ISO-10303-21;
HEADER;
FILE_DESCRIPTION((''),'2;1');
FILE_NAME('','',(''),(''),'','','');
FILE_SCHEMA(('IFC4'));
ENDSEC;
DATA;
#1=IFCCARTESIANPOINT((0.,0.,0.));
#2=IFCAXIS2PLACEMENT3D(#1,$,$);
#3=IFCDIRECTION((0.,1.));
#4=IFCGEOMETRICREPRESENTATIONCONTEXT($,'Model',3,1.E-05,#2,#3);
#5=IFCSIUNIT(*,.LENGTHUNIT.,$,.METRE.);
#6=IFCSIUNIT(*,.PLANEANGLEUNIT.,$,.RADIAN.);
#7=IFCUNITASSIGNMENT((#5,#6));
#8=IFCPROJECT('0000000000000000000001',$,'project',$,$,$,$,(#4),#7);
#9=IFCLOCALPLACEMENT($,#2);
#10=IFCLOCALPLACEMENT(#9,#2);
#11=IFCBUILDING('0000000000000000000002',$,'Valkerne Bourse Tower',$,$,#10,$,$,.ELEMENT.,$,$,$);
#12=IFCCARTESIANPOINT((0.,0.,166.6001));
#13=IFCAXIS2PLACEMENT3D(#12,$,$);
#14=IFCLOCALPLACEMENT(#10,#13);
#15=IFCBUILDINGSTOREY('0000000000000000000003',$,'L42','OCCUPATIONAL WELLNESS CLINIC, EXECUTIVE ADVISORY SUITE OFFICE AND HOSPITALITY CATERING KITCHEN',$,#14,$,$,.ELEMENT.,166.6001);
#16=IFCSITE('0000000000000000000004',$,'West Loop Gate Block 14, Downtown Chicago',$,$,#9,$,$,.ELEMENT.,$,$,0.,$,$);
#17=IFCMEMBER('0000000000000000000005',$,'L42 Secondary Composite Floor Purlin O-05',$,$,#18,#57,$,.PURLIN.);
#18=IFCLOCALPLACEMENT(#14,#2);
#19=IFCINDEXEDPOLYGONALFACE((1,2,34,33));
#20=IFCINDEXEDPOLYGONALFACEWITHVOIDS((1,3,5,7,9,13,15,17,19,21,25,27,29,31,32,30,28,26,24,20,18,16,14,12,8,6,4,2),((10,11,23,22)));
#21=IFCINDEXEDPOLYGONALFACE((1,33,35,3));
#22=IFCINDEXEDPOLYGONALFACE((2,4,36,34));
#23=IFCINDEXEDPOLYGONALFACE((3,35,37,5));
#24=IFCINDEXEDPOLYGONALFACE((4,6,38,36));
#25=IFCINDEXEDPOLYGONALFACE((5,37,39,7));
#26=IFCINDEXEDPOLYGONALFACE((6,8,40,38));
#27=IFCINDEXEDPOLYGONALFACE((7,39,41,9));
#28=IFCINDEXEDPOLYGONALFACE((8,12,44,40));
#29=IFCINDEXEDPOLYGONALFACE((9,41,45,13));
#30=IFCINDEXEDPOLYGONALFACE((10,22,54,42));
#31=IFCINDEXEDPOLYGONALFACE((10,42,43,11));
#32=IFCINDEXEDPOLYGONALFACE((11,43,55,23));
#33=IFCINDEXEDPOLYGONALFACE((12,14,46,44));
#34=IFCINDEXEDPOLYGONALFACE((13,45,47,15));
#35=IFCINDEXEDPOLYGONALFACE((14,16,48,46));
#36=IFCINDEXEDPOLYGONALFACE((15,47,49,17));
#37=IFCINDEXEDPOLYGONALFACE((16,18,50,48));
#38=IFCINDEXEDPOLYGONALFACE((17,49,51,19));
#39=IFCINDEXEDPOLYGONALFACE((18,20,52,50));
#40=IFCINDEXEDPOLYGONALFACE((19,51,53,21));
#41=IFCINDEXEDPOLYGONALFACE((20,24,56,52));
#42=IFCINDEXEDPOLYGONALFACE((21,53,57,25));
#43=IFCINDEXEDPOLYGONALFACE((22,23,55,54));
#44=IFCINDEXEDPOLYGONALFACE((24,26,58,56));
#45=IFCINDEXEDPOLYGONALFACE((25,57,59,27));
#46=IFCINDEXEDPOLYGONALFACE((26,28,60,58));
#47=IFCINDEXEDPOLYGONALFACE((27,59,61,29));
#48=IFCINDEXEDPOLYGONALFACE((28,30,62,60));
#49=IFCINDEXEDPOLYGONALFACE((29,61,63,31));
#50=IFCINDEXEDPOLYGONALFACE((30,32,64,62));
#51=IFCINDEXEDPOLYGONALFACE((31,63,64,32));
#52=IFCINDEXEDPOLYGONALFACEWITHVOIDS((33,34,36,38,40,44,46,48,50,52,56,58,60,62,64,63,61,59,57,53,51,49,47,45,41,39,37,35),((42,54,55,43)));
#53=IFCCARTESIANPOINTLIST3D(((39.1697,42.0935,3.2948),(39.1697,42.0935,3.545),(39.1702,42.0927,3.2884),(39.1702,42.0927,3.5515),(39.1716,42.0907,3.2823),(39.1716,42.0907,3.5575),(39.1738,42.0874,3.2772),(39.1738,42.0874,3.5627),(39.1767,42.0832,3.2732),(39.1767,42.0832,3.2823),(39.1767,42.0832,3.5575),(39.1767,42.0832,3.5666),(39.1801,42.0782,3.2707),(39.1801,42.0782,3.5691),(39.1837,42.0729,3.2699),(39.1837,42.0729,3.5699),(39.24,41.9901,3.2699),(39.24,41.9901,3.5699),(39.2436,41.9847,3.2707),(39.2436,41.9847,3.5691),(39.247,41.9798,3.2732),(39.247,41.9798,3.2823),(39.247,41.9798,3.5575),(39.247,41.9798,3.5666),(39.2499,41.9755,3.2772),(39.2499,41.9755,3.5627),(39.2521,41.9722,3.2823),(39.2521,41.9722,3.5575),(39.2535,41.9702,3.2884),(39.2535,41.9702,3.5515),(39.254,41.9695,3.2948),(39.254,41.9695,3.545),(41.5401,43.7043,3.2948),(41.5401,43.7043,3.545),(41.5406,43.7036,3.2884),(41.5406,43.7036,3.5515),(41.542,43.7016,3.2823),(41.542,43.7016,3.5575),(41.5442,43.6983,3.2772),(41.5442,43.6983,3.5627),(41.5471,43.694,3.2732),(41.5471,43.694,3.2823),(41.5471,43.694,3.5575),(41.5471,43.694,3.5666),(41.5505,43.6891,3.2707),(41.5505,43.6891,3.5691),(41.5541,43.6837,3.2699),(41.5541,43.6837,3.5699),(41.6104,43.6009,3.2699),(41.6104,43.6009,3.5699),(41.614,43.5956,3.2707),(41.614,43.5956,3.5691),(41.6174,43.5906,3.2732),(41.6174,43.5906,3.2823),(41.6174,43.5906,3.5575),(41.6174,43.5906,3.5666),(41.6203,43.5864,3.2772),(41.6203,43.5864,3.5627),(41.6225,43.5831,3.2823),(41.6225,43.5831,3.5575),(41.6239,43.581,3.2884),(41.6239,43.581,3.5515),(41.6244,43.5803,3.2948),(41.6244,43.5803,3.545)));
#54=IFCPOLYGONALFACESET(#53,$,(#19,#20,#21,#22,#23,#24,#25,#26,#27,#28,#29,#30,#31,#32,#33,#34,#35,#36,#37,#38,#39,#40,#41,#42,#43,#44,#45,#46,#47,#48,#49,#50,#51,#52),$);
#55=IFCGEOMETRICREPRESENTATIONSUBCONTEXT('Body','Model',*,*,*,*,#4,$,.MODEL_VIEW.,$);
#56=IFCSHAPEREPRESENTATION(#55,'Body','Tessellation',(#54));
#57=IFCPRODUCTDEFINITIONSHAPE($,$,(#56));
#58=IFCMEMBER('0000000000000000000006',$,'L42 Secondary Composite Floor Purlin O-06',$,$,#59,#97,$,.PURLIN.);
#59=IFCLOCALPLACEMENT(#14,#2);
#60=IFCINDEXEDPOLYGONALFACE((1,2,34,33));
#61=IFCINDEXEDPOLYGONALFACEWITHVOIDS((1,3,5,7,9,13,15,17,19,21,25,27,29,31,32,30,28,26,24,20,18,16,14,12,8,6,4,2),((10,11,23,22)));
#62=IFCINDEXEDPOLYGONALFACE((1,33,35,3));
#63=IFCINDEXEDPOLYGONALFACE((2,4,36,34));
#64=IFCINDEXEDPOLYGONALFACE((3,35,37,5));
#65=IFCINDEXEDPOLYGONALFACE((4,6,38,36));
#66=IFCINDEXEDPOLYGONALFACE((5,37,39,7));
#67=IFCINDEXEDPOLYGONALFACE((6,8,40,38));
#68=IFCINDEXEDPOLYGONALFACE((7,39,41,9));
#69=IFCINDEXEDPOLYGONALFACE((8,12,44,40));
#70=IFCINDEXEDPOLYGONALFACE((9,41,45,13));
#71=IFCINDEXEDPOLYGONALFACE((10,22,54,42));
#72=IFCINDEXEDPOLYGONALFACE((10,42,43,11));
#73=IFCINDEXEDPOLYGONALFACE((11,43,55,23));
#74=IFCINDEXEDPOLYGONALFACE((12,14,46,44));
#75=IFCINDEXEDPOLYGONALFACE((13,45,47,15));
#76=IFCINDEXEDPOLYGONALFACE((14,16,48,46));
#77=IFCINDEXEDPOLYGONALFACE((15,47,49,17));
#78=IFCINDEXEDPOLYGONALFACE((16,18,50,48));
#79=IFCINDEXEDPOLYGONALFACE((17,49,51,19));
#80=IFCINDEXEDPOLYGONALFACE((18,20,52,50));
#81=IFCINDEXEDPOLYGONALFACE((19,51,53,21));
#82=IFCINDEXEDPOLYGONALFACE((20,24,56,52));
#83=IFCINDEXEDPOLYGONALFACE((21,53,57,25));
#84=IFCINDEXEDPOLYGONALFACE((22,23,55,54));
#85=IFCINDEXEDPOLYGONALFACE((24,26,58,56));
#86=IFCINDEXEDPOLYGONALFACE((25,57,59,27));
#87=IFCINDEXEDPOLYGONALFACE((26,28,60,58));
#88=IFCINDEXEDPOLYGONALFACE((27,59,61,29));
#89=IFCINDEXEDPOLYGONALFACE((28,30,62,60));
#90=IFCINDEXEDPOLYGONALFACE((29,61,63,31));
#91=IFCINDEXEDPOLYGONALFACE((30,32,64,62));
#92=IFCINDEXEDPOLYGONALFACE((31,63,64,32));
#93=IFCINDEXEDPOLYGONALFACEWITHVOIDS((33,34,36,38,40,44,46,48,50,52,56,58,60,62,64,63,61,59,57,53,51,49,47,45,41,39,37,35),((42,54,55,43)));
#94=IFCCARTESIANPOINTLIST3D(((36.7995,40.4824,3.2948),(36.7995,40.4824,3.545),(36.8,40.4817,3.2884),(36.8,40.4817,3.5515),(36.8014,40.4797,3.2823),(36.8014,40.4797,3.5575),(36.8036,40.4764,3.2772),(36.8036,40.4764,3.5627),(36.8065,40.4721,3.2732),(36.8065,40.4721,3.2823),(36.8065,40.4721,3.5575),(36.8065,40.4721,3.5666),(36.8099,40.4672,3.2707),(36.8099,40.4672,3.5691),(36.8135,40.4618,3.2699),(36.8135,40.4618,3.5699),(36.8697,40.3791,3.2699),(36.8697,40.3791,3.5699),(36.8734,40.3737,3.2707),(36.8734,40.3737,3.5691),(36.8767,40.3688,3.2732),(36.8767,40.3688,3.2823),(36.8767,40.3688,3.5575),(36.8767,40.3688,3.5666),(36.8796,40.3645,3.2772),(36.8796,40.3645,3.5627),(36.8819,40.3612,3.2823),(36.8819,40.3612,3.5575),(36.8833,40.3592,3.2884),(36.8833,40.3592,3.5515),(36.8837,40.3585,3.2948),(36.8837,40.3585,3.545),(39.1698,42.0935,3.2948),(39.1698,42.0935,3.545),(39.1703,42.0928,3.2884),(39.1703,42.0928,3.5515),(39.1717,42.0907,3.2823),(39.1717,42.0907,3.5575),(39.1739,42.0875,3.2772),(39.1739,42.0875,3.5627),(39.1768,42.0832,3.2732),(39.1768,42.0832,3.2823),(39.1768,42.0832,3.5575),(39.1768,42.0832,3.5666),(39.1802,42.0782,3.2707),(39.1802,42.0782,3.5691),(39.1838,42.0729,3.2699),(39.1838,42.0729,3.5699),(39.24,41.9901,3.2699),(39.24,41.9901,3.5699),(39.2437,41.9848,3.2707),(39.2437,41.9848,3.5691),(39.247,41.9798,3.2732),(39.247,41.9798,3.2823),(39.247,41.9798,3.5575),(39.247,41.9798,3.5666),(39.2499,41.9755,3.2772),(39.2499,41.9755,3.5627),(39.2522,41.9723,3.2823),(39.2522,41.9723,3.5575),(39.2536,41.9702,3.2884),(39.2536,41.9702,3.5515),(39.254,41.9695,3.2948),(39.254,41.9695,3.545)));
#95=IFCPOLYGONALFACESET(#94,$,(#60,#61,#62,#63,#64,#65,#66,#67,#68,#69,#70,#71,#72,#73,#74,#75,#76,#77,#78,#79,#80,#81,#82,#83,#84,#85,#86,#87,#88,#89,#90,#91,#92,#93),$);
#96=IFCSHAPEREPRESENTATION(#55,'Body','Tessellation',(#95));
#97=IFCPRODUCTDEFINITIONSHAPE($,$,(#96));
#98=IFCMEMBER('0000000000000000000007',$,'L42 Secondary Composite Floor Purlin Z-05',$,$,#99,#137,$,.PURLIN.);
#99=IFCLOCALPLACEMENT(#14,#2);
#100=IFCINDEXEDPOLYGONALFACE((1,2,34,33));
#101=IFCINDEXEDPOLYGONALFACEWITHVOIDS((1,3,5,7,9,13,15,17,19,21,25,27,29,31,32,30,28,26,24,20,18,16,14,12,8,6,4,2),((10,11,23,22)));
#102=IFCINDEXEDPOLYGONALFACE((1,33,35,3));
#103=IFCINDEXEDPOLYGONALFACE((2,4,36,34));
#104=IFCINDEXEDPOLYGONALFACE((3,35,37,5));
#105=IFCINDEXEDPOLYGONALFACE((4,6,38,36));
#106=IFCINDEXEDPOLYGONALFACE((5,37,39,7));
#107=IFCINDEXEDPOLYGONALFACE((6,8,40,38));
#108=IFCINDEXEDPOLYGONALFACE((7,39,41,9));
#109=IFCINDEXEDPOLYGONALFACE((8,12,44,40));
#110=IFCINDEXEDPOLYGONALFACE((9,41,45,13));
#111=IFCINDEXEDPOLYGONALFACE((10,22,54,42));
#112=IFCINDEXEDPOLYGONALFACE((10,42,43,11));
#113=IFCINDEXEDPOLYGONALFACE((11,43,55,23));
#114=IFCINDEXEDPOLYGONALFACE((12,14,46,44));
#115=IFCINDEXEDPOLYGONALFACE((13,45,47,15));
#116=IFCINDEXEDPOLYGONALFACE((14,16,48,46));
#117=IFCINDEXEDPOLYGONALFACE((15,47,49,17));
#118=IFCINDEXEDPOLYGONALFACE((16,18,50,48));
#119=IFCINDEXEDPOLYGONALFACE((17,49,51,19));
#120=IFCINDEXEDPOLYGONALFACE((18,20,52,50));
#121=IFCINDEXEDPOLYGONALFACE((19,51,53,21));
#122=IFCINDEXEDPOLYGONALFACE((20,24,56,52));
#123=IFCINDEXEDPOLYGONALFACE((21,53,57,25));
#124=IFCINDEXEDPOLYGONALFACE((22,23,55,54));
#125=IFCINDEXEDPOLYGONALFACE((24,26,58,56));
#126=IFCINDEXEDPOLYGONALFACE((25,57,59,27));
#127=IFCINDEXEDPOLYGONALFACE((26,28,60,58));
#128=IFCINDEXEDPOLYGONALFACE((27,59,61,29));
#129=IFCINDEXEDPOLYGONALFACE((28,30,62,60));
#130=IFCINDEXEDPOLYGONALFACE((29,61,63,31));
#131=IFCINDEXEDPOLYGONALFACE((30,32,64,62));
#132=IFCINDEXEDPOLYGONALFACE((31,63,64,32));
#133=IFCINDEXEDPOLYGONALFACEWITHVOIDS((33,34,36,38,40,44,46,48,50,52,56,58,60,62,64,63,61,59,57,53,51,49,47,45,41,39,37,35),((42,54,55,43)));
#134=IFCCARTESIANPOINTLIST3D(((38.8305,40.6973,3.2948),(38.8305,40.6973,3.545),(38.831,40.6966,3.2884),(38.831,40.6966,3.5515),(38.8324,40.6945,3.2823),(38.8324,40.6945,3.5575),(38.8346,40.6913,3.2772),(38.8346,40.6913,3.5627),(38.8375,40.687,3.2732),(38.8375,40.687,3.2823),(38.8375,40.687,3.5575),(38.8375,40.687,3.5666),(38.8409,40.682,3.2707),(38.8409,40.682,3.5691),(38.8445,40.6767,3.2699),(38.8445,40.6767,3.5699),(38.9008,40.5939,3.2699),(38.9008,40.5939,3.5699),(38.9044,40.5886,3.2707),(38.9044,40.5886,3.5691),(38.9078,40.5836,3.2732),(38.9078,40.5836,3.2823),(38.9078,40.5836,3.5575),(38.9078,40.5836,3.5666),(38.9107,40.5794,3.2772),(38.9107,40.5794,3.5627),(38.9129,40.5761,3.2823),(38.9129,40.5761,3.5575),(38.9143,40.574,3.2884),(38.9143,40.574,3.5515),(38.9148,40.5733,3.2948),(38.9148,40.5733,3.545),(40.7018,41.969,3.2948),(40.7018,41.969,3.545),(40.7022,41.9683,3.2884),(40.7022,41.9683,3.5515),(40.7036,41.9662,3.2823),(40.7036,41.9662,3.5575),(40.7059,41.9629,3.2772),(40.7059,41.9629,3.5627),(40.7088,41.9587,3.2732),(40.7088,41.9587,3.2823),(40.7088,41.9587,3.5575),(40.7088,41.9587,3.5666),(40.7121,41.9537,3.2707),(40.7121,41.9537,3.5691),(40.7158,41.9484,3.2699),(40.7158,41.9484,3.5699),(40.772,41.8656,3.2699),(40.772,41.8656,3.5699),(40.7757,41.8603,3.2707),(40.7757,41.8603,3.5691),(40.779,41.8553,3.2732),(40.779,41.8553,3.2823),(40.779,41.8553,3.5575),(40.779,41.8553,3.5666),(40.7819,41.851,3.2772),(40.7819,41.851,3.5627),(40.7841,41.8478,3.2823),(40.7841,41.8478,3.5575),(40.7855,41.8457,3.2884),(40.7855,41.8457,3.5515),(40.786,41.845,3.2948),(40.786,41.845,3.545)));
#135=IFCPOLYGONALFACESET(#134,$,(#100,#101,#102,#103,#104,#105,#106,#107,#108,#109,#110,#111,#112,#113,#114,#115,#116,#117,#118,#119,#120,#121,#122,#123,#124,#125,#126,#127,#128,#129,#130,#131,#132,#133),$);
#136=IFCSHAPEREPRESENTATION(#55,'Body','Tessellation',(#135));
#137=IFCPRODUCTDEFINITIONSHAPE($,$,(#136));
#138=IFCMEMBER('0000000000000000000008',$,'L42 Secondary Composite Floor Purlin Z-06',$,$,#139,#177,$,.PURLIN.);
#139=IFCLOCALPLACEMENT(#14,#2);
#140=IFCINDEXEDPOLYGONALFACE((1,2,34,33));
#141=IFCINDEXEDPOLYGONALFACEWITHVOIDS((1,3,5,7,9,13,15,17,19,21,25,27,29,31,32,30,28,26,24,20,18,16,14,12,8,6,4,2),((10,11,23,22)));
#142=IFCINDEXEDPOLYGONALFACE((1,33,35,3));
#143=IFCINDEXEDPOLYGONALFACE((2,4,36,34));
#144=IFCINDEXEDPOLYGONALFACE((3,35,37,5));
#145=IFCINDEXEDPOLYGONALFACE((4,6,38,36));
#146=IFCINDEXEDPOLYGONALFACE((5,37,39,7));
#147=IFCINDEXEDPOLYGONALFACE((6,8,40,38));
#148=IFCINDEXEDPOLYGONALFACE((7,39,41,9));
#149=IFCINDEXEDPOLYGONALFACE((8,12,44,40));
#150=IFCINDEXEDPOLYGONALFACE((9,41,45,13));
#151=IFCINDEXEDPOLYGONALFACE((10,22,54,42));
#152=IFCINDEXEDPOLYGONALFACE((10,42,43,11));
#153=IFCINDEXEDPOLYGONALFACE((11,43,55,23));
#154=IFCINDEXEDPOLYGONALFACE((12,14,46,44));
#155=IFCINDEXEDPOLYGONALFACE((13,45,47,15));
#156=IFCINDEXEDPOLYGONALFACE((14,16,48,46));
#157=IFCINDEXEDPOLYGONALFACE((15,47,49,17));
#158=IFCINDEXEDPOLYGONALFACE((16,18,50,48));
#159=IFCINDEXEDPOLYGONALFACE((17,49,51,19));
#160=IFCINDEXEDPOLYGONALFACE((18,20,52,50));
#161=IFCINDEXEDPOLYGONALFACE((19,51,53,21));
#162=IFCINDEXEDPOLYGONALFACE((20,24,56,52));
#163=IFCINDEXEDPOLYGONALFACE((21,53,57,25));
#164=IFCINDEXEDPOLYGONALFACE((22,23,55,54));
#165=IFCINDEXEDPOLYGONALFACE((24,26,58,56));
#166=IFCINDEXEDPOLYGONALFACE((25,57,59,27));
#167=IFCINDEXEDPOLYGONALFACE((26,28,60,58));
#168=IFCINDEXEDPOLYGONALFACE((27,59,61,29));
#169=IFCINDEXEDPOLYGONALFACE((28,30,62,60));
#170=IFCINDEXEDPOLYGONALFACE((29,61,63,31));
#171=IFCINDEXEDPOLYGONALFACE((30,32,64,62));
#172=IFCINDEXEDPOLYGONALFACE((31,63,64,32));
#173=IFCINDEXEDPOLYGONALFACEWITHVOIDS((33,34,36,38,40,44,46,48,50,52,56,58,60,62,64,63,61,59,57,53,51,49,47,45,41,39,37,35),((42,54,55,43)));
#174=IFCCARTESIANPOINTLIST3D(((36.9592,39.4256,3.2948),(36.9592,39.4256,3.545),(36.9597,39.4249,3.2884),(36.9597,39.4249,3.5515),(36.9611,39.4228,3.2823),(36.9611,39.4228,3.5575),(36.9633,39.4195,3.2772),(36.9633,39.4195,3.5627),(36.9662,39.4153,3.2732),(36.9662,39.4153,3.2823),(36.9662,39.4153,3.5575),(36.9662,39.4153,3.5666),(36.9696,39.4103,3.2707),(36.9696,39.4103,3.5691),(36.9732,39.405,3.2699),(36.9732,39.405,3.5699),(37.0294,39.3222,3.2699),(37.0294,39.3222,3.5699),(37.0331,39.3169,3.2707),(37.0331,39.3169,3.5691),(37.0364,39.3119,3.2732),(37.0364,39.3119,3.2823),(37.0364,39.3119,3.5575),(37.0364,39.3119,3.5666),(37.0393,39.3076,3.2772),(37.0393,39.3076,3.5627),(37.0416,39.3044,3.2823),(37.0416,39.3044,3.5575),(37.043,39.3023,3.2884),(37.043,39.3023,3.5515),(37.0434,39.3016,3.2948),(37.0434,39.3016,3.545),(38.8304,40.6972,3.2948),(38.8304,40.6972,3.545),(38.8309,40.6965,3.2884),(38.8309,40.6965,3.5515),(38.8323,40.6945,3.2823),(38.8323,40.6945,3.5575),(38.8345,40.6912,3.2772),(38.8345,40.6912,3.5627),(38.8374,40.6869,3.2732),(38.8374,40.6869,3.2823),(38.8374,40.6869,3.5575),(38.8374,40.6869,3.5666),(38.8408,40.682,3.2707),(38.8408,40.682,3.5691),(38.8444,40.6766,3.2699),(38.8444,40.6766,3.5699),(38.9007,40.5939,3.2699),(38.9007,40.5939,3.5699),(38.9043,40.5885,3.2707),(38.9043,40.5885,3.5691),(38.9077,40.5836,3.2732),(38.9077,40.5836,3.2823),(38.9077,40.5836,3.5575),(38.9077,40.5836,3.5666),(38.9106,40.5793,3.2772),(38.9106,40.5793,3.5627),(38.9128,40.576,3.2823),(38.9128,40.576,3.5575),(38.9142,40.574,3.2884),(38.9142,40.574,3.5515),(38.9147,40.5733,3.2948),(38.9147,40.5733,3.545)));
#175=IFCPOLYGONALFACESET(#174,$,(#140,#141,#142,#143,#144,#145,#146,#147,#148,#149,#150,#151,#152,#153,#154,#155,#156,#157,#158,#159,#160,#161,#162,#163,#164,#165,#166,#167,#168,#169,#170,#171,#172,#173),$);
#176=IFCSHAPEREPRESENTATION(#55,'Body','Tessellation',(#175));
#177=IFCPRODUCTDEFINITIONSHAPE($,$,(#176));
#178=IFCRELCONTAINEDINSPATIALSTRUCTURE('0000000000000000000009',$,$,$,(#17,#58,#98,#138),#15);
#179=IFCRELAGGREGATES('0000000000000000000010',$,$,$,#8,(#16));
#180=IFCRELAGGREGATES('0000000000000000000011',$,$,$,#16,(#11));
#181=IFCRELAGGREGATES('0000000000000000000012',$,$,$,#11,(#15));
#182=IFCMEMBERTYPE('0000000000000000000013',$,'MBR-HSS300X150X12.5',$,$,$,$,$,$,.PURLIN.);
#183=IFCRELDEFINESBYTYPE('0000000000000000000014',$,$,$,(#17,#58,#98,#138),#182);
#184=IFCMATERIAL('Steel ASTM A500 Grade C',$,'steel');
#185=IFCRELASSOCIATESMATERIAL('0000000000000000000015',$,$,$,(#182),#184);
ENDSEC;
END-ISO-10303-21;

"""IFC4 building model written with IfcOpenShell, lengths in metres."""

from ifc_helpers import new_model, si_unit, direction, frame, origin, origin_2d, place, context, subcontext, project, spatial, hollow_rectangle, extrude, material, material_profile, profile_set, type_object, element, save


model = new_model("IFC4")

# Units and contexts
model_context = context("Model", 3, precision=1e-05, world=origin(), true_north=direction((0.0, 1.0)))
body_context = subcontext(model_context, "Body", "Model", "MODEL_VIEW")
ifc_project = project(units=[si_unit("LENGTHUNIT", "METRE"), si_unit("PLANEANGLEUNIT", "RADIAN")], contexts=[model_context])

# Site, building, storey
site_placement = place(None, origin())
site = spatial("IfcSite", under=ifc_project, at=site_placement, Name="West Loop Gate Block 14, Downtown Chicago", CompositionType="ELEMENT", RefElevation=0.0)
building_placement = place(site_placement, origin())
building = spatial("IfcBuilding", under=site, at=building_placement, Name="Valkerne Bourse Tower", CompositionType="ELEMENT")
storey_placement = place(building_placement, frame((0.0, 0.0, 166.6001)))
storey = spatial("IfcBuildingStorey", under=building, at=storey_placement, Name="L42", Description="OCCUPATIONAL WELLNESS CLINIC, EXECUTIVE ADVISORY SUITE OFFICE AND HOSPITALITY CATERING KITCHEN", CompositionType="ELEMENT", Elevation=166.6001)

# Members
ifc_material_1 = material(Name="Steel ASTM A500 Grade C", Category="steel")
ifc_material_profile_1 = material_profile(ifc_material_1, hollow_rectangle(XDim=0.1499, YDim=0.3, WallThickness=0.0125, OuterFilletRadius=0.0249, at=origin_2d()), Name="HSS300X150X12.5")
ifc_profile_set_1 = profile_set([ifc_material_profile_1], Name="Steel ASTM A500 Grade C")
member_type_1 = type_object("IfcMemberType", Name="MBR-HSS300X150X12.5", PredefinedType="PURLIN", material=ifc_profile_set_1)
for number, where, z_axis, x_axis, name in (
    (1, (41.5823, 43.6423, 3.4199), (-0.82709, -0.56207, 0.0), (0.56207, -0.82709, 0.0), "L42 Secondary Composite Floor Purlin O-05"),
    (2, (39.2119, 42.0315, 3.4199), (-0.82705, -0.562128, 0.0), (0.562128, -0.82705, 0.0), "L42 Secondary Composite Floor Purlin O-06"),
):
    element("IfcMember", number, at=place(storey_placement, frame(where, z_axis=z_axis, x_axis=x_axis)), inside=storey, type_object=member_type_1, Name=name, PredefinedType="PURLIN", context=body_context, shape_type="SweptSolid", body=[
        extrude(hollow_rectangle(XDim=0.1499, YDim=0.3, WallThickness=0.0125, OuterFilletRadius=0.0249, at=origin_2d()), origin(), (0.0, 0.0, 1.0), 2.866),
    ])
for number, where, z_axis, x_axis, name in (
    (3, (40.7439, 41.907, 3.4199), (-0.827087, -0.562074, 0.0), (0.562074, -0.827087, 0.0), "L42 Secondary Composite Floor Purlin Z-05"),
    (4, (38.8726, 40.6353, 3.4199), (-0.827087, -0.562074, 0.0), (0.562074, -0.827087, 0.0), "L42 Secondary Composite Floor Purlin Z-06"),
):
    element("IfcMember", number, at=place(storey_placement, frame(where, z_axis=z_axis, x_axis=x_axis)), inside=storey, type_object=member_type_1, Name=name, PredefinedType="PURLIN", context=body_context, shape_type="SweptSolid", body=[
        extrude(hollow_rectangle(XDim=0.1499, YDim=0.3, WallThickness=0.0125, OuterFilletRadius=0.0249, at=origin_2d()), origin(), (0.0, 0.0, 1.0), 2.2625),
    ])

save(model, "model.ifc")
